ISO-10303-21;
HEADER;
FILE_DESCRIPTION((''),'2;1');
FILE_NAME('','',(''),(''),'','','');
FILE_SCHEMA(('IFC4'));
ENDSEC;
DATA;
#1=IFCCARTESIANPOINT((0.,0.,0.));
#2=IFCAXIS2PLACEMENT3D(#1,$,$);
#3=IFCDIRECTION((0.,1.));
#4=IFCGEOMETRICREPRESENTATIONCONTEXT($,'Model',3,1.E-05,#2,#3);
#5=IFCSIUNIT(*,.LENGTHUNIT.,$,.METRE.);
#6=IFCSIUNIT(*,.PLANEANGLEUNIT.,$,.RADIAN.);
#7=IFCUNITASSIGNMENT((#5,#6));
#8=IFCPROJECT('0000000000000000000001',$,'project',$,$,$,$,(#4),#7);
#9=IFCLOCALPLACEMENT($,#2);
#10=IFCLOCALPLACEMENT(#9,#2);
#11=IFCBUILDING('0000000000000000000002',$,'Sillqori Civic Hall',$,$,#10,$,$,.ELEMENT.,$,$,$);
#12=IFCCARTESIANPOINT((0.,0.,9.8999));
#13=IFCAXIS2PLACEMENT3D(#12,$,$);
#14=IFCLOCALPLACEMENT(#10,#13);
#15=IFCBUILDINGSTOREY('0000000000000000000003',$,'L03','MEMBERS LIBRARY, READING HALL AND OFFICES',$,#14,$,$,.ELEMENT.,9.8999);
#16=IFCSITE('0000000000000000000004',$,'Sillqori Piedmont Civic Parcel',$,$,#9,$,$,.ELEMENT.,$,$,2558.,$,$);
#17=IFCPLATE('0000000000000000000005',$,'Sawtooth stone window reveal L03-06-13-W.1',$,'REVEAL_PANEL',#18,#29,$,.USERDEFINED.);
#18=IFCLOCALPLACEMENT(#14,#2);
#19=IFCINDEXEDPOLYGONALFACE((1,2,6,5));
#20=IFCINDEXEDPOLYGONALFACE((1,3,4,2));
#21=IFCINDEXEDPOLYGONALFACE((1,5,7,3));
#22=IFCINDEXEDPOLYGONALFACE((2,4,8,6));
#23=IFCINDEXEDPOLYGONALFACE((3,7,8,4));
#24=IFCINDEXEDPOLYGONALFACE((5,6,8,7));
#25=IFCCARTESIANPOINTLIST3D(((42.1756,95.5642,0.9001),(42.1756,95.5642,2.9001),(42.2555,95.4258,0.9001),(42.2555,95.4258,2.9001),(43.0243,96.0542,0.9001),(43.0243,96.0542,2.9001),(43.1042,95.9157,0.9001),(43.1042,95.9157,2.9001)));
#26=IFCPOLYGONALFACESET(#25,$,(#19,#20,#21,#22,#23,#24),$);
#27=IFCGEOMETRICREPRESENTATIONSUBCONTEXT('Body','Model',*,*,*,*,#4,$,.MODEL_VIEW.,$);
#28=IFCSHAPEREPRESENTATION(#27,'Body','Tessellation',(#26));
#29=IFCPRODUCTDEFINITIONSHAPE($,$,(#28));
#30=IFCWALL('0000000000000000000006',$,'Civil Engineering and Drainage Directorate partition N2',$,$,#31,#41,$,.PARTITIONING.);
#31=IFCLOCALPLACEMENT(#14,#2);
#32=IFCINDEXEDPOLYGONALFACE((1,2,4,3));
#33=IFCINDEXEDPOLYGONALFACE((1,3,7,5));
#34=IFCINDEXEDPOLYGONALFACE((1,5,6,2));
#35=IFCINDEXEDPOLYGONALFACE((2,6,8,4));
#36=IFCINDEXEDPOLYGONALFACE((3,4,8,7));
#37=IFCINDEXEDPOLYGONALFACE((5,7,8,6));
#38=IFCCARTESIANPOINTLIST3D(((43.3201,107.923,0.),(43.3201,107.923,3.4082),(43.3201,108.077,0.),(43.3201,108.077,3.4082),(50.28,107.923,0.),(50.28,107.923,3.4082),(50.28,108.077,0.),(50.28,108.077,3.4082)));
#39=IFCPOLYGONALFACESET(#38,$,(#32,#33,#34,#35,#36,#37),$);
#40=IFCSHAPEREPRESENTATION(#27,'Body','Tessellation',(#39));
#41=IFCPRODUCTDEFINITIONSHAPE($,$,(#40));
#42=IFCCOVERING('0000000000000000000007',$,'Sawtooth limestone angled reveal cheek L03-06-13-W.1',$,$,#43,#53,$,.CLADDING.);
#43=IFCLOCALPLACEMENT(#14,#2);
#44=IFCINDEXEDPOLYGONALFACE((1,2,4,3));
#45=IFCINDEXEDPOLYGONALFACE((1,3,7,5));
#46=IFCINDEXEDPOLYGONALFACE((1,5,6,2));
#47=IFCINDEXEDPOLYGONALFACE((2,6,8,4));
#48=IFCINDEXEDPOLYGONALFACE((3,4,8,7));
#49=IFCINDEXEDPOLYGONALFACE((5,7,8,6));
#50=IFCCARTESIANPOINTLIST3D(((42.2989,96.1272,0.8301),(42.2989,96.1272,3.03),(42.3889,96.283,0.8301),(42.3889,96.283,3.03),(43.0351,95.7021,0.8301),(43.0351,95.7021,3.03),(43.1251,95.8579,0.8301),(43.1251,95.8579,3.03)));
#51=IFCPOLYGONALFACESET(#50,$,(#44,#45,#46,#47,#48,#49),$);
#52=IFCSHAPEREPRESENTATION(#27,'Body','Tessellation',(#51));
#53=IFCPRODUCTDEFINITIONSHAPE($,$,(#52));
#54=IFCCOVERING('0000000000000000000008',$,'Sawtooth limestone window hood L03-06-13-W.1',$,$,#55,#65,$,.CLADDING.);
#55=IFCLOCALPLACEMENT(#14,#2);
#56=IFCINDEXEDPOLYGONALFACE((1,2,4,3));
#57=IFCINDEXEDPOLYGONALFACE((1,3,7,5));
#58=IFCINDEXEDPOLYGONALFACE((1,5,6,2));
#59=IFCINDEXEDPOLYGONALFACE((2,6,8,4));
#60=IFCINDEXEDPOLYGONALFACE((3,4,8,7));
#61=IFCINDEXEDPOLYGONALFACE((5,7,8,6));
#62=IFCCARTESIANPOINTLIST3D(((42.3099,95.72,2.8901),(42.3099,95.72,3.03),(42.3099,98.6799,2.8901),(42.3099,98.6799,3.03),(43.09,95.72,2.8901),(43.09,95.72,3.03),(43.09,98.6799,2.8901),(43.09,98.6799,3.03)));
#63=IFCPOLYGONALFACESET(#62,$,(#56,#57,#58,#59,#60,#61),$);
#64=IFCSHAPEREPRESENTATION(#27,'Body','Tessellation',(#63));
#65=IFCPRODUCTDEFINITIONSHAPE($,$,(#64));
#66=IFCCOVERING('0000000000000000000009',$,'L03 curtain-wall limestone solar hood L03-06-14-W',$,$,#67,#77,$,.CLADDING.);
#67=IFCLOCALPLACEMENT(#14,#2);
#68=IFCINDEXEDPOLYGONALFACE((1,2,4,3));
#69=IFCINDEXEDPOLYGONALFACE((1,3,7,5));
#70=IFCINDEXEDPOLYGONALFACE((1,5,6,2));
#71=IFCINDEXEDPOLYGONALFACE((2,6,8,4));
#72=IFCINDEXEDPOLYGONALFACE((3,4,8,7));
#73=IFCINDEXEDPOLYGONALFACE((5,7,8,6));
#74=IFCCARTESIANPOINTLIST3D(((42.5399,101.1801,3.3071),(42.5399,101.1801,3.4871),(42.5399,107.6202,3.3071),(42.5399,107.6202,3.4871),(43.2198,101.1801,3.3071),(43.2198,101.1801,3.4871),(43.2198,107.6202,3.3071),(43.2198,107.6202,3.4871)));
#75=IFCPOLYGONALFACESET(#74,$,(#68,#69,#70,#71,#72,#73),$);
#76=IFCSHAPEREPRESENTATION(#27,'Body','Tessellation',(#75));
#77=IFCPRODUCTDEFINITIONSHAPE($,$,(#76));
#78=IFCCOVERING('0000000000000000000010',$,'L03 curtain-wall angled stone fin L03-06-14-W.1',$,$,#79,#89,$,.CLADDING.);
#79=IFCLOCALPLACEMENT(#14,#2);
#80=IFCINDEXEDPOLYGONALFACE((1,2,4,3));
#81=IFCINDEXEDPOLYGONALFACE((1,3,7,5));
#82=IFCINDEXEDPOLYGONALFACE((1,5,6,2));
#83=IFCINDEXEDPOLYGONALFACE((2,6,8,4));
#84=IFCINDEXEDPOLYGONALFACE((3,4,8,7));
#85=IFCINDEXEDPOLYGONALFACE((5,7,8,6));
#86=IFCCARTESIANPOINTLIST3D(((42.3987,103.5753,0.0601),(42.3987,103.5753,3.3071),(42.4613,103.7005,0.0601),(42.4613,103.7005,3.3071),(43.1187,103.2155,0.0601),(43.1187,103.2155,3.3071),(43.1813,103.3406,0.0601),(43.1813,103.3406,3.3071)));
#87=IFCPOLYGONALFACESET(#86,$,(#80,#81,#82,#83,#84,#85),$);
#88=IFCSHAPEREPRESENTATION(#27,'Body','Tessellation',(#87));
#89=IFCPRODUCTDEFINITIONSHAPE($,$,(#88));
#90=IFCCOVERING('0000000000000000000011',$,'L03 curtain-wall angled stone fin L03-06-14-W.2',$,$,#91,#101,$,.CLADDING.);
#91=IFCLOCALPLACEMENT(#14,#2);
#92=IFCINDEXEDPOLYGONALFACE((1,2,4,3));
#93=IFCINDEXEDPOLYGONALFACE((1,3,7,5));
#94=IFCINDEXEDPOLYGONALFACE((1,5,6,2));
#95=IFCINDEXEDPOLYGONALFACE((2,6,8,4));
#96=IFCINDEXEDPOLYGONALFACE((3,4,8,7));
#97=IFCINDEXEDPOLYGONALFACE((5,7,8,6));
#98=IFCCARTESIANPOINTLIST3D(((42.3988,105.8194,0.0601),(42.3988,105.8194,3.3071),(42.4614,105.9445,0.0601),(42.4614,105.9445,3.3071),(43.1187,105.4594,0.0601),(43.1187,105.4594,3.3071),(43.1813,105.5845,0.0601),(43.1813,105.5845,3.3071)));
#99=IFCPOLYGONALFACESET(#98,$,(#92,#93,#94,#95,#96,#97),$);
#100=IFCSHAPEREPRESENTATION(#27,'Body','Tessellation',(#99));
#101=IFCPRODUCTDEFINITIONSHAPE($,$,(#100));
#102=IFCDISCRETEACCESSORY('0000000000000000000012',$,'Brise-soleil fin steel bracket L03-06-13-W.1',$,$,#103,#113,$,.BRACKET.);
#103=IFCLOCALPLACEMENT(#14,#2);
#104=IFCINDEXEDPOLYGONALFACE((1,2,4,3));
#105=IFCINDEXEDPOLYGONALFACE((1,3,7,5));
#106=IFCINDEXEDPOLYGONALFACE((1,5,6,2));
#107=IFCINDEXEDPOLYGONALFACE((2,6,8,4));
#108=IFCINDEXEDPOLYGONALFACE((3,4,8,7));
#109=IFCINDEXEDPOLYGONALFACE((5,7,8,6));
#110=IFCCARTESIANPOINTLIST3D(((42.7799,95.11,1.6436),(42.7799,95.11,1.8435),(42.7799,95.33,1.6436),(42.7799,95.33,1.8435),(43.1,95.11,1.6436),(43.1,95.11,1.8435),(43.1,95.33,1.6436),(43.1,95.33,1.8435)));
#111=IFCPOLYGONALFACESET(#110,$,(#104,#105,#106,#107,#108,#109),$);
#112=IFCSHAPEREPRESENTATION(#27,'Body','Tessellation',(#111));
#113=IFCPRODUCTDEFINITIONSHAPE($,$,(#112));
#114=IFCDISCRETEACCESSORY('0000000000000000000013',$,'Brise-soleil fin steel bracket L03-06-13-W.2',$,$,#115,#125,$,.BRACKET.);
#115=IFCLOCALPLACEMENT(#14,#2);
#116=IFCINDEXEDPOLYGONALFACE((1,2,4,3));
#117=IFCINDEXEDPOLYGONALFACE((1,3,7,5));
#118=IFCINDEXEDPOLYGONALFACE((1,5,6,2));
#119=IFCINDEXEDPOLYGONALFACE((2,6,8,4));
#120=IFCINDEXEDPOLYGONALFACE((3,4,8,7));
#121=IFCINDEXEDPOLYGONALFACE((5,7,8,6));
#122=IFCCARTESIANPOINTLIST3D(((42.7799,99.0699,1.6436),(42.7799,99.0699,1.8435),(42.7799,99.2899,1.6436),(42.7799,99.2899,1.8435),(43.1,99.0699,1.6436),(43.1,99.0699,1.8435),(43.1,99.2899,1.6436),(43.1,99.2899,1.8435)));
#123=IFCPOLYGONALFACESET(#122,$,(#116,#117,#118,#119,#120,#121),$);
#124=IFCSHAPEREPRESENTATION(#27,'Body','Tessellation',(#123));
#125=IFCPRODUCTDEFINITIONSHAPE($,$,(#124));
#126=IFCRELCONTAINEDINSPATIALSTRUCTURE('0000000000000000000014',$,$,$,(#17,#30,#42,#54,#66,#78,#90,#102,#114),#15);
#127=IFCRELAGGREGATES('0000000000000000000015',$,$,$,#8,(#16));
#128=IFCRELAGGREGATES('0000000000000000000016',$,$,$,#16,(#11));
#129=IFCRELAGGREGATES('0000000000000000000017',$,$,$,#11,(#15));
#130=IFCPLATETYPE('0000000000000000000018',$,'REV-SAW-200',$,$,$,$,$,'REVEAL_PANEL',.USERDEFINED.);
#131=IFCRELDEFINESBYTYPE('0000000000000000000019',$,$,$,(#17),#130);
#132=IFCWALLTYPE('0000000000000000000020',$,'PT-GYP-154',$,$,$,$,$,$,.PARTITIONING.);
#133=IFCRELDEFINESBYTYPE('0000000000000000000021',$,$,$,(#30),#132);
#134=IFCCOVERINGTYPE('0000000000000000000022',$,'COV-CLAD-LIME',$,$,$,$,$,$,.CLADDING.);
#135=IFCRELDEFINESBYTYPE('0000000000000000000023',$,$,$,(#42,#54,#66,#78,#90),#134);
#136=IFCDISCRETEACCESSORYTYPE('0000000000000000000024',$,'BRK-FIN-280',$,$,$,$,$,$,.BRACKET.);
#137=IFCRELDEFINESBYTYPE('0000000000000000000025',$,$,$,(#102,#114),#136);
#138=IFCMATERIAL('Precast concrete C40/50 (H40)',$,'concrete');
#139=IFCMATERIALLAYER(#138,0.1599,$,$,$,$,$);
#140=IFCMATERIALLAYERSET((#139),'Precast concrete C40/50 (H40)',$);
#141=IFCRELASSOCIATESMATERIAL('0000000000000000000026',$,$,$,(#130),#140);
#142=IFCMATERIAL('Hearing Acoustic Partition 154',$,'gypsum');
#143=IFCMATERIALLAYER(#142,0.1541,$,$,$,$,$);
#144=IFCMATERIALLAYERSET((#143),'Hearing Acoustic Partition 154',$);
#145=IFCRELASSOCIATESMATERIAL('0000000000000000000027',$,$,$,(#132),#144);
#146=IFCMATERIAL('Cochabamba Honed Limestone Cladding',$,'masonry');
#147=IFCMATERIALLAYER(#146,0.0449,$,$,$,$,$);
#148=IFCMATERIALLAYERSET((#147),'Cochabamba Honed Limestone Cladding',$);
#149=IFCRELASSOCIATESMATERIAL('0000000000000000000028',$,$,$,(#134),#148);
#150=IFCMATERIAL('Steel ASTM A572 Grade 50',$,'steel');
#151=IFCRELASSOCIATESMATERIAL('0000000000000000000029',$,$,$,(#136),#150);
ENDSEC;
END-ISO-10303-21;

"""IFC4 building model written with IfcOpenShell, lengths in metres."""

from ifc_helpers import new_model, si_unit, direction, frame, frame_2d, origin, origin_2d, place, context, subcontext, project, spatial, rectangle, extrude, material, layer, layer_set, type_object, element, save


model = new_model("IFC4")

# Units and contexts
model_context = context("Model", 3, precision=1e-05, world=origin(), true_north=direction((0.0, 1.0)))
body_context = subcontext(model_context, "Body", "Model", "MODEL_VIEW")
ifc_project = project(units=[si_unit("LENGTHUNIT", "METRE"), si_unit("PLANEANGLEUNIT", "RADIAN")], contexts=[model_context])

# Site, building, storey
site_placement = place(None, origin())
site = spatial("IfcSite", under=ifc_project, at=site_placement, Name="Sillqori Piedmont Civic Parcel", CompositionType="ELEMENT", RefElevation=2558.0)
building_placement = place(site_placement, origin())
building = spatial("IfcBuilding", under=site, at=building_placement, Name="Sillqori Civic Hall", CompositionType="ELEMENT")
storey_placement = place(building_placement, frame((0.0, 0.0, 9.8999)))
storey = spatial("IfcBuildingStorey", under=building, at=storey_placement, Name="L03", Description="MEMBERS LIBRARY, READING HALL AND OFFICES", CompositionType="ELEMENT", Elevation=9.8999)

# Plate
ifc_material_1 = material(Name="Precast concrete C40/50 (H40)", Category="concrete")
ifc_layer_1 = layer(ifc_material_1, 0.1599)
ifc_layer_set_1 = layer_set([ifc_layer_1], Name="Precast concrete C40/50 (H40)")
plate_type_1 = type_object("IfcPlateType", Name="REV-SAW-200", ElementType="REVEAL_PANEL", PredefinedType="USERDEFINED", material=ifc_layer_set_1)
plate_1_placement = place(storey_placement, frame((42.6399, 95.74, 0.9001), z_axis=(0.0, 0.0, 1.0), x_axis=(-0.5, 0.866025, 0.0)))
element("IfcPlate", 1, at=plate_1_placement, inside=storey, type_object=plate_type_1, Name="Sawtooth stone window reveal L03-06-13-W.1", ObjectType="REVEAL_PANEL", PredefinedType="USERDEFINED", context=body_context, shape_type="SweptSolid", body=[
    extrude(rectangle(XDim=0.1599, YDim=0.98, at=origin_2d()), origin(), (0.0, 0.0, 1.0), 2.0),
])

# Wall
ifc_material_2 = material(Name="Hearing Acoustic Partition 154", Category="gypsum")
ifc_layer_2 = layer(ifc_material_2, 0.1541)
ifc_layer_set_2 = layer_set([ifc_layer_2], Name="Hearing Acoustic Partition 154")
wall_type = type_object("IfcWallType", Name="PT-GYP-154", PredefinedType="PARTITIONING", material=ifc_layer_set_2)
wall_placement = place(storey_placement, frame((43.3201, 108.0, 0.0), z_axis=(0.0, 0.0, 1.0), x_axis=(1.0, 0.0, 0.0)))
element("IfcWall", 2, at=wall_placement, inside=storey, type_object=wall_type, Name="Civil Engineering and Drainage Directorate partition N2", PredefinedType="PARTITIONING", context=body_context, shape_type="SweptSolid", body=[
    extrude(rectangle(XDim=6.96, YDim=0.1541, at=frame_2d((3.48, 0.0))), origin(), (0.0, 0.0, 1.0), 3.4082),
])

# Coverings
ifc_material_3 = material(Name="Cochabamba Honed Limestone Cladding", Category="masonry")
ifc_layer_3 = layer(ifc_material_3, 0.0449)
ifc_layer_set_3 = layer_set([ifc_layer_3], Name="Cochabamba Honed Limestone Cladding")
covering_type = type_object("IfcCoveringType", Name="COV-CLAD-LIME", PredefinedType="CLADDING", material=ifc_layer_set_3)
covering_1_placement = place(storey_placement, frame((43.0801, 95.78, 0.8301), z_axis=(0.0, 0.0, 1.0), x_axis=(-0.865989, 0.500062, 0.0)))
element("IfcCovering", 3, at=covering_1_placement, inside=storey, type_object=covering_type, Name="Sawtooth limestone angled reveal cheek L03-06-13-W.1", PredefinedType="CLADDING", context=body_context, shape_type="SweptSolid", body=[
    extrude(rectangle(XDim=0.8501, YDim=0.1799, at=frame_2d((0.425, 0.0))), origin(), (0.0, 0.0, 1.0), 2.2),
])
covering_2_placement = place(storey_placement, frame((42.7, 95.72, 2.8901), z_axis=(0.0, 0.0, 1.0), x_axis=(0.0, 1.0, 0.0)))
element("IfcCovering", 4, at=covering_2_placement, inside=storey, type_object=covering_type, Name="Sawtooth limestone window hood L03-06-13-W.1", PredefinedType="CLADDING", context=body_context, shape_type="SweptSolid", body=[
    extrude(rectangle(XDim=2.96, YDim=0.78, at=frame_2d((1.48, 0.0))), origin(), (0.0, 0.0, 1.0), 0.1399),
])
covering_3_placement = place(storey_placement, frame((42.8799, 101.1799, 3.3071), z_axis=(0.0, 0.0, 1.0), x_axis=(0.0, 1.0, 0.0)))
element("IfcCovering", 5, at=covering_3_placement, inside=storey, type_object=covering_type, Name="L03 curtain-wall limestone solar hood L03-06-14-W", PredefinedType="CLADDING", context=body_context, shape_type="SweptSolid", body=[
    extrude(rectangle(XDim=6.4402, YDim=0.6799, at=frame_2d((3.2202, 0.0))), origin(), (0.0, 0.0, 1.0), 0.1799),
])
for number, where, z_axis, x_axis, name in (
    (6, (43.1499, 103.2781, 0.0601), (0.0, 0.0, 1.0), (-0.894488, 0.447092, 0.0), "L03 curtain-wall angled stone fin L03-06-14-W.1"),
    (7, (43.1499, 105.522, 0.0601), (0.0, 0.0, 1.0), (-0.894367, 0.447335, 0.0), "L03 curtain-wall angled stone fin L03-06-14-W.2"),
):
    element("IfcCovering", number, at=place(storey_placement, frame(where, z_axis=z_axis, x_axis=x_axis)), inside=storey, type_object=covering_type, Name=name, PredefinedType="CLADDING", context=body_context, shape_type="SweptSolid", body=[
        extrude(rectangle(XDim=0.8049, YDim=0.1399, at=frame_2d((0.4023, 0.0))), origin(), (0.0, 0.0, 1.0), 3.2471),
    ])

# Discrete accessories
ifc_material_4 = material(Name="Steel ASTM A572 Grade 50", Category="steel")
discrete_accessory_type = type_object("IfcDiscreteAccessoryType", Name="BRK-FIN-280", PredefinedType="BRACKET", material=ifc_material_4)
for number, where, z_axis, x_axis, name in (
    (8, (42.9399, 95.22, 1.6436), (0.0, 0.0, 1.0), (0.0, 1.0, 0.0), "Brise-soleil fin steel bracket L03-06-13-W.1"),
    (9, (42.9399, 99.1799, 1.6436), (0.0, 0.0, 1.0), (0.0, 1.0, 0.0), "Brise-soleil fin steel bracket L03-06-13-W.2"),
):
    element("IfcDiscreteAccessory", number, at=place(storey_placement, frame(where, z_axis=z_axis, x_axis=x_axis)), inside=storey, type_object=discrete_accessory_type, Name=name, PredefinedType="BRACKET", context=body_context, shape_type="SweptSolid", body=[
        extrude(rectangle(XDim=0.22, YDim=0.3201, at=origin_2d()), origin(), (0.0, 0.0, 1.0), 0.2),
    ])

save(model, "model.ifc")
